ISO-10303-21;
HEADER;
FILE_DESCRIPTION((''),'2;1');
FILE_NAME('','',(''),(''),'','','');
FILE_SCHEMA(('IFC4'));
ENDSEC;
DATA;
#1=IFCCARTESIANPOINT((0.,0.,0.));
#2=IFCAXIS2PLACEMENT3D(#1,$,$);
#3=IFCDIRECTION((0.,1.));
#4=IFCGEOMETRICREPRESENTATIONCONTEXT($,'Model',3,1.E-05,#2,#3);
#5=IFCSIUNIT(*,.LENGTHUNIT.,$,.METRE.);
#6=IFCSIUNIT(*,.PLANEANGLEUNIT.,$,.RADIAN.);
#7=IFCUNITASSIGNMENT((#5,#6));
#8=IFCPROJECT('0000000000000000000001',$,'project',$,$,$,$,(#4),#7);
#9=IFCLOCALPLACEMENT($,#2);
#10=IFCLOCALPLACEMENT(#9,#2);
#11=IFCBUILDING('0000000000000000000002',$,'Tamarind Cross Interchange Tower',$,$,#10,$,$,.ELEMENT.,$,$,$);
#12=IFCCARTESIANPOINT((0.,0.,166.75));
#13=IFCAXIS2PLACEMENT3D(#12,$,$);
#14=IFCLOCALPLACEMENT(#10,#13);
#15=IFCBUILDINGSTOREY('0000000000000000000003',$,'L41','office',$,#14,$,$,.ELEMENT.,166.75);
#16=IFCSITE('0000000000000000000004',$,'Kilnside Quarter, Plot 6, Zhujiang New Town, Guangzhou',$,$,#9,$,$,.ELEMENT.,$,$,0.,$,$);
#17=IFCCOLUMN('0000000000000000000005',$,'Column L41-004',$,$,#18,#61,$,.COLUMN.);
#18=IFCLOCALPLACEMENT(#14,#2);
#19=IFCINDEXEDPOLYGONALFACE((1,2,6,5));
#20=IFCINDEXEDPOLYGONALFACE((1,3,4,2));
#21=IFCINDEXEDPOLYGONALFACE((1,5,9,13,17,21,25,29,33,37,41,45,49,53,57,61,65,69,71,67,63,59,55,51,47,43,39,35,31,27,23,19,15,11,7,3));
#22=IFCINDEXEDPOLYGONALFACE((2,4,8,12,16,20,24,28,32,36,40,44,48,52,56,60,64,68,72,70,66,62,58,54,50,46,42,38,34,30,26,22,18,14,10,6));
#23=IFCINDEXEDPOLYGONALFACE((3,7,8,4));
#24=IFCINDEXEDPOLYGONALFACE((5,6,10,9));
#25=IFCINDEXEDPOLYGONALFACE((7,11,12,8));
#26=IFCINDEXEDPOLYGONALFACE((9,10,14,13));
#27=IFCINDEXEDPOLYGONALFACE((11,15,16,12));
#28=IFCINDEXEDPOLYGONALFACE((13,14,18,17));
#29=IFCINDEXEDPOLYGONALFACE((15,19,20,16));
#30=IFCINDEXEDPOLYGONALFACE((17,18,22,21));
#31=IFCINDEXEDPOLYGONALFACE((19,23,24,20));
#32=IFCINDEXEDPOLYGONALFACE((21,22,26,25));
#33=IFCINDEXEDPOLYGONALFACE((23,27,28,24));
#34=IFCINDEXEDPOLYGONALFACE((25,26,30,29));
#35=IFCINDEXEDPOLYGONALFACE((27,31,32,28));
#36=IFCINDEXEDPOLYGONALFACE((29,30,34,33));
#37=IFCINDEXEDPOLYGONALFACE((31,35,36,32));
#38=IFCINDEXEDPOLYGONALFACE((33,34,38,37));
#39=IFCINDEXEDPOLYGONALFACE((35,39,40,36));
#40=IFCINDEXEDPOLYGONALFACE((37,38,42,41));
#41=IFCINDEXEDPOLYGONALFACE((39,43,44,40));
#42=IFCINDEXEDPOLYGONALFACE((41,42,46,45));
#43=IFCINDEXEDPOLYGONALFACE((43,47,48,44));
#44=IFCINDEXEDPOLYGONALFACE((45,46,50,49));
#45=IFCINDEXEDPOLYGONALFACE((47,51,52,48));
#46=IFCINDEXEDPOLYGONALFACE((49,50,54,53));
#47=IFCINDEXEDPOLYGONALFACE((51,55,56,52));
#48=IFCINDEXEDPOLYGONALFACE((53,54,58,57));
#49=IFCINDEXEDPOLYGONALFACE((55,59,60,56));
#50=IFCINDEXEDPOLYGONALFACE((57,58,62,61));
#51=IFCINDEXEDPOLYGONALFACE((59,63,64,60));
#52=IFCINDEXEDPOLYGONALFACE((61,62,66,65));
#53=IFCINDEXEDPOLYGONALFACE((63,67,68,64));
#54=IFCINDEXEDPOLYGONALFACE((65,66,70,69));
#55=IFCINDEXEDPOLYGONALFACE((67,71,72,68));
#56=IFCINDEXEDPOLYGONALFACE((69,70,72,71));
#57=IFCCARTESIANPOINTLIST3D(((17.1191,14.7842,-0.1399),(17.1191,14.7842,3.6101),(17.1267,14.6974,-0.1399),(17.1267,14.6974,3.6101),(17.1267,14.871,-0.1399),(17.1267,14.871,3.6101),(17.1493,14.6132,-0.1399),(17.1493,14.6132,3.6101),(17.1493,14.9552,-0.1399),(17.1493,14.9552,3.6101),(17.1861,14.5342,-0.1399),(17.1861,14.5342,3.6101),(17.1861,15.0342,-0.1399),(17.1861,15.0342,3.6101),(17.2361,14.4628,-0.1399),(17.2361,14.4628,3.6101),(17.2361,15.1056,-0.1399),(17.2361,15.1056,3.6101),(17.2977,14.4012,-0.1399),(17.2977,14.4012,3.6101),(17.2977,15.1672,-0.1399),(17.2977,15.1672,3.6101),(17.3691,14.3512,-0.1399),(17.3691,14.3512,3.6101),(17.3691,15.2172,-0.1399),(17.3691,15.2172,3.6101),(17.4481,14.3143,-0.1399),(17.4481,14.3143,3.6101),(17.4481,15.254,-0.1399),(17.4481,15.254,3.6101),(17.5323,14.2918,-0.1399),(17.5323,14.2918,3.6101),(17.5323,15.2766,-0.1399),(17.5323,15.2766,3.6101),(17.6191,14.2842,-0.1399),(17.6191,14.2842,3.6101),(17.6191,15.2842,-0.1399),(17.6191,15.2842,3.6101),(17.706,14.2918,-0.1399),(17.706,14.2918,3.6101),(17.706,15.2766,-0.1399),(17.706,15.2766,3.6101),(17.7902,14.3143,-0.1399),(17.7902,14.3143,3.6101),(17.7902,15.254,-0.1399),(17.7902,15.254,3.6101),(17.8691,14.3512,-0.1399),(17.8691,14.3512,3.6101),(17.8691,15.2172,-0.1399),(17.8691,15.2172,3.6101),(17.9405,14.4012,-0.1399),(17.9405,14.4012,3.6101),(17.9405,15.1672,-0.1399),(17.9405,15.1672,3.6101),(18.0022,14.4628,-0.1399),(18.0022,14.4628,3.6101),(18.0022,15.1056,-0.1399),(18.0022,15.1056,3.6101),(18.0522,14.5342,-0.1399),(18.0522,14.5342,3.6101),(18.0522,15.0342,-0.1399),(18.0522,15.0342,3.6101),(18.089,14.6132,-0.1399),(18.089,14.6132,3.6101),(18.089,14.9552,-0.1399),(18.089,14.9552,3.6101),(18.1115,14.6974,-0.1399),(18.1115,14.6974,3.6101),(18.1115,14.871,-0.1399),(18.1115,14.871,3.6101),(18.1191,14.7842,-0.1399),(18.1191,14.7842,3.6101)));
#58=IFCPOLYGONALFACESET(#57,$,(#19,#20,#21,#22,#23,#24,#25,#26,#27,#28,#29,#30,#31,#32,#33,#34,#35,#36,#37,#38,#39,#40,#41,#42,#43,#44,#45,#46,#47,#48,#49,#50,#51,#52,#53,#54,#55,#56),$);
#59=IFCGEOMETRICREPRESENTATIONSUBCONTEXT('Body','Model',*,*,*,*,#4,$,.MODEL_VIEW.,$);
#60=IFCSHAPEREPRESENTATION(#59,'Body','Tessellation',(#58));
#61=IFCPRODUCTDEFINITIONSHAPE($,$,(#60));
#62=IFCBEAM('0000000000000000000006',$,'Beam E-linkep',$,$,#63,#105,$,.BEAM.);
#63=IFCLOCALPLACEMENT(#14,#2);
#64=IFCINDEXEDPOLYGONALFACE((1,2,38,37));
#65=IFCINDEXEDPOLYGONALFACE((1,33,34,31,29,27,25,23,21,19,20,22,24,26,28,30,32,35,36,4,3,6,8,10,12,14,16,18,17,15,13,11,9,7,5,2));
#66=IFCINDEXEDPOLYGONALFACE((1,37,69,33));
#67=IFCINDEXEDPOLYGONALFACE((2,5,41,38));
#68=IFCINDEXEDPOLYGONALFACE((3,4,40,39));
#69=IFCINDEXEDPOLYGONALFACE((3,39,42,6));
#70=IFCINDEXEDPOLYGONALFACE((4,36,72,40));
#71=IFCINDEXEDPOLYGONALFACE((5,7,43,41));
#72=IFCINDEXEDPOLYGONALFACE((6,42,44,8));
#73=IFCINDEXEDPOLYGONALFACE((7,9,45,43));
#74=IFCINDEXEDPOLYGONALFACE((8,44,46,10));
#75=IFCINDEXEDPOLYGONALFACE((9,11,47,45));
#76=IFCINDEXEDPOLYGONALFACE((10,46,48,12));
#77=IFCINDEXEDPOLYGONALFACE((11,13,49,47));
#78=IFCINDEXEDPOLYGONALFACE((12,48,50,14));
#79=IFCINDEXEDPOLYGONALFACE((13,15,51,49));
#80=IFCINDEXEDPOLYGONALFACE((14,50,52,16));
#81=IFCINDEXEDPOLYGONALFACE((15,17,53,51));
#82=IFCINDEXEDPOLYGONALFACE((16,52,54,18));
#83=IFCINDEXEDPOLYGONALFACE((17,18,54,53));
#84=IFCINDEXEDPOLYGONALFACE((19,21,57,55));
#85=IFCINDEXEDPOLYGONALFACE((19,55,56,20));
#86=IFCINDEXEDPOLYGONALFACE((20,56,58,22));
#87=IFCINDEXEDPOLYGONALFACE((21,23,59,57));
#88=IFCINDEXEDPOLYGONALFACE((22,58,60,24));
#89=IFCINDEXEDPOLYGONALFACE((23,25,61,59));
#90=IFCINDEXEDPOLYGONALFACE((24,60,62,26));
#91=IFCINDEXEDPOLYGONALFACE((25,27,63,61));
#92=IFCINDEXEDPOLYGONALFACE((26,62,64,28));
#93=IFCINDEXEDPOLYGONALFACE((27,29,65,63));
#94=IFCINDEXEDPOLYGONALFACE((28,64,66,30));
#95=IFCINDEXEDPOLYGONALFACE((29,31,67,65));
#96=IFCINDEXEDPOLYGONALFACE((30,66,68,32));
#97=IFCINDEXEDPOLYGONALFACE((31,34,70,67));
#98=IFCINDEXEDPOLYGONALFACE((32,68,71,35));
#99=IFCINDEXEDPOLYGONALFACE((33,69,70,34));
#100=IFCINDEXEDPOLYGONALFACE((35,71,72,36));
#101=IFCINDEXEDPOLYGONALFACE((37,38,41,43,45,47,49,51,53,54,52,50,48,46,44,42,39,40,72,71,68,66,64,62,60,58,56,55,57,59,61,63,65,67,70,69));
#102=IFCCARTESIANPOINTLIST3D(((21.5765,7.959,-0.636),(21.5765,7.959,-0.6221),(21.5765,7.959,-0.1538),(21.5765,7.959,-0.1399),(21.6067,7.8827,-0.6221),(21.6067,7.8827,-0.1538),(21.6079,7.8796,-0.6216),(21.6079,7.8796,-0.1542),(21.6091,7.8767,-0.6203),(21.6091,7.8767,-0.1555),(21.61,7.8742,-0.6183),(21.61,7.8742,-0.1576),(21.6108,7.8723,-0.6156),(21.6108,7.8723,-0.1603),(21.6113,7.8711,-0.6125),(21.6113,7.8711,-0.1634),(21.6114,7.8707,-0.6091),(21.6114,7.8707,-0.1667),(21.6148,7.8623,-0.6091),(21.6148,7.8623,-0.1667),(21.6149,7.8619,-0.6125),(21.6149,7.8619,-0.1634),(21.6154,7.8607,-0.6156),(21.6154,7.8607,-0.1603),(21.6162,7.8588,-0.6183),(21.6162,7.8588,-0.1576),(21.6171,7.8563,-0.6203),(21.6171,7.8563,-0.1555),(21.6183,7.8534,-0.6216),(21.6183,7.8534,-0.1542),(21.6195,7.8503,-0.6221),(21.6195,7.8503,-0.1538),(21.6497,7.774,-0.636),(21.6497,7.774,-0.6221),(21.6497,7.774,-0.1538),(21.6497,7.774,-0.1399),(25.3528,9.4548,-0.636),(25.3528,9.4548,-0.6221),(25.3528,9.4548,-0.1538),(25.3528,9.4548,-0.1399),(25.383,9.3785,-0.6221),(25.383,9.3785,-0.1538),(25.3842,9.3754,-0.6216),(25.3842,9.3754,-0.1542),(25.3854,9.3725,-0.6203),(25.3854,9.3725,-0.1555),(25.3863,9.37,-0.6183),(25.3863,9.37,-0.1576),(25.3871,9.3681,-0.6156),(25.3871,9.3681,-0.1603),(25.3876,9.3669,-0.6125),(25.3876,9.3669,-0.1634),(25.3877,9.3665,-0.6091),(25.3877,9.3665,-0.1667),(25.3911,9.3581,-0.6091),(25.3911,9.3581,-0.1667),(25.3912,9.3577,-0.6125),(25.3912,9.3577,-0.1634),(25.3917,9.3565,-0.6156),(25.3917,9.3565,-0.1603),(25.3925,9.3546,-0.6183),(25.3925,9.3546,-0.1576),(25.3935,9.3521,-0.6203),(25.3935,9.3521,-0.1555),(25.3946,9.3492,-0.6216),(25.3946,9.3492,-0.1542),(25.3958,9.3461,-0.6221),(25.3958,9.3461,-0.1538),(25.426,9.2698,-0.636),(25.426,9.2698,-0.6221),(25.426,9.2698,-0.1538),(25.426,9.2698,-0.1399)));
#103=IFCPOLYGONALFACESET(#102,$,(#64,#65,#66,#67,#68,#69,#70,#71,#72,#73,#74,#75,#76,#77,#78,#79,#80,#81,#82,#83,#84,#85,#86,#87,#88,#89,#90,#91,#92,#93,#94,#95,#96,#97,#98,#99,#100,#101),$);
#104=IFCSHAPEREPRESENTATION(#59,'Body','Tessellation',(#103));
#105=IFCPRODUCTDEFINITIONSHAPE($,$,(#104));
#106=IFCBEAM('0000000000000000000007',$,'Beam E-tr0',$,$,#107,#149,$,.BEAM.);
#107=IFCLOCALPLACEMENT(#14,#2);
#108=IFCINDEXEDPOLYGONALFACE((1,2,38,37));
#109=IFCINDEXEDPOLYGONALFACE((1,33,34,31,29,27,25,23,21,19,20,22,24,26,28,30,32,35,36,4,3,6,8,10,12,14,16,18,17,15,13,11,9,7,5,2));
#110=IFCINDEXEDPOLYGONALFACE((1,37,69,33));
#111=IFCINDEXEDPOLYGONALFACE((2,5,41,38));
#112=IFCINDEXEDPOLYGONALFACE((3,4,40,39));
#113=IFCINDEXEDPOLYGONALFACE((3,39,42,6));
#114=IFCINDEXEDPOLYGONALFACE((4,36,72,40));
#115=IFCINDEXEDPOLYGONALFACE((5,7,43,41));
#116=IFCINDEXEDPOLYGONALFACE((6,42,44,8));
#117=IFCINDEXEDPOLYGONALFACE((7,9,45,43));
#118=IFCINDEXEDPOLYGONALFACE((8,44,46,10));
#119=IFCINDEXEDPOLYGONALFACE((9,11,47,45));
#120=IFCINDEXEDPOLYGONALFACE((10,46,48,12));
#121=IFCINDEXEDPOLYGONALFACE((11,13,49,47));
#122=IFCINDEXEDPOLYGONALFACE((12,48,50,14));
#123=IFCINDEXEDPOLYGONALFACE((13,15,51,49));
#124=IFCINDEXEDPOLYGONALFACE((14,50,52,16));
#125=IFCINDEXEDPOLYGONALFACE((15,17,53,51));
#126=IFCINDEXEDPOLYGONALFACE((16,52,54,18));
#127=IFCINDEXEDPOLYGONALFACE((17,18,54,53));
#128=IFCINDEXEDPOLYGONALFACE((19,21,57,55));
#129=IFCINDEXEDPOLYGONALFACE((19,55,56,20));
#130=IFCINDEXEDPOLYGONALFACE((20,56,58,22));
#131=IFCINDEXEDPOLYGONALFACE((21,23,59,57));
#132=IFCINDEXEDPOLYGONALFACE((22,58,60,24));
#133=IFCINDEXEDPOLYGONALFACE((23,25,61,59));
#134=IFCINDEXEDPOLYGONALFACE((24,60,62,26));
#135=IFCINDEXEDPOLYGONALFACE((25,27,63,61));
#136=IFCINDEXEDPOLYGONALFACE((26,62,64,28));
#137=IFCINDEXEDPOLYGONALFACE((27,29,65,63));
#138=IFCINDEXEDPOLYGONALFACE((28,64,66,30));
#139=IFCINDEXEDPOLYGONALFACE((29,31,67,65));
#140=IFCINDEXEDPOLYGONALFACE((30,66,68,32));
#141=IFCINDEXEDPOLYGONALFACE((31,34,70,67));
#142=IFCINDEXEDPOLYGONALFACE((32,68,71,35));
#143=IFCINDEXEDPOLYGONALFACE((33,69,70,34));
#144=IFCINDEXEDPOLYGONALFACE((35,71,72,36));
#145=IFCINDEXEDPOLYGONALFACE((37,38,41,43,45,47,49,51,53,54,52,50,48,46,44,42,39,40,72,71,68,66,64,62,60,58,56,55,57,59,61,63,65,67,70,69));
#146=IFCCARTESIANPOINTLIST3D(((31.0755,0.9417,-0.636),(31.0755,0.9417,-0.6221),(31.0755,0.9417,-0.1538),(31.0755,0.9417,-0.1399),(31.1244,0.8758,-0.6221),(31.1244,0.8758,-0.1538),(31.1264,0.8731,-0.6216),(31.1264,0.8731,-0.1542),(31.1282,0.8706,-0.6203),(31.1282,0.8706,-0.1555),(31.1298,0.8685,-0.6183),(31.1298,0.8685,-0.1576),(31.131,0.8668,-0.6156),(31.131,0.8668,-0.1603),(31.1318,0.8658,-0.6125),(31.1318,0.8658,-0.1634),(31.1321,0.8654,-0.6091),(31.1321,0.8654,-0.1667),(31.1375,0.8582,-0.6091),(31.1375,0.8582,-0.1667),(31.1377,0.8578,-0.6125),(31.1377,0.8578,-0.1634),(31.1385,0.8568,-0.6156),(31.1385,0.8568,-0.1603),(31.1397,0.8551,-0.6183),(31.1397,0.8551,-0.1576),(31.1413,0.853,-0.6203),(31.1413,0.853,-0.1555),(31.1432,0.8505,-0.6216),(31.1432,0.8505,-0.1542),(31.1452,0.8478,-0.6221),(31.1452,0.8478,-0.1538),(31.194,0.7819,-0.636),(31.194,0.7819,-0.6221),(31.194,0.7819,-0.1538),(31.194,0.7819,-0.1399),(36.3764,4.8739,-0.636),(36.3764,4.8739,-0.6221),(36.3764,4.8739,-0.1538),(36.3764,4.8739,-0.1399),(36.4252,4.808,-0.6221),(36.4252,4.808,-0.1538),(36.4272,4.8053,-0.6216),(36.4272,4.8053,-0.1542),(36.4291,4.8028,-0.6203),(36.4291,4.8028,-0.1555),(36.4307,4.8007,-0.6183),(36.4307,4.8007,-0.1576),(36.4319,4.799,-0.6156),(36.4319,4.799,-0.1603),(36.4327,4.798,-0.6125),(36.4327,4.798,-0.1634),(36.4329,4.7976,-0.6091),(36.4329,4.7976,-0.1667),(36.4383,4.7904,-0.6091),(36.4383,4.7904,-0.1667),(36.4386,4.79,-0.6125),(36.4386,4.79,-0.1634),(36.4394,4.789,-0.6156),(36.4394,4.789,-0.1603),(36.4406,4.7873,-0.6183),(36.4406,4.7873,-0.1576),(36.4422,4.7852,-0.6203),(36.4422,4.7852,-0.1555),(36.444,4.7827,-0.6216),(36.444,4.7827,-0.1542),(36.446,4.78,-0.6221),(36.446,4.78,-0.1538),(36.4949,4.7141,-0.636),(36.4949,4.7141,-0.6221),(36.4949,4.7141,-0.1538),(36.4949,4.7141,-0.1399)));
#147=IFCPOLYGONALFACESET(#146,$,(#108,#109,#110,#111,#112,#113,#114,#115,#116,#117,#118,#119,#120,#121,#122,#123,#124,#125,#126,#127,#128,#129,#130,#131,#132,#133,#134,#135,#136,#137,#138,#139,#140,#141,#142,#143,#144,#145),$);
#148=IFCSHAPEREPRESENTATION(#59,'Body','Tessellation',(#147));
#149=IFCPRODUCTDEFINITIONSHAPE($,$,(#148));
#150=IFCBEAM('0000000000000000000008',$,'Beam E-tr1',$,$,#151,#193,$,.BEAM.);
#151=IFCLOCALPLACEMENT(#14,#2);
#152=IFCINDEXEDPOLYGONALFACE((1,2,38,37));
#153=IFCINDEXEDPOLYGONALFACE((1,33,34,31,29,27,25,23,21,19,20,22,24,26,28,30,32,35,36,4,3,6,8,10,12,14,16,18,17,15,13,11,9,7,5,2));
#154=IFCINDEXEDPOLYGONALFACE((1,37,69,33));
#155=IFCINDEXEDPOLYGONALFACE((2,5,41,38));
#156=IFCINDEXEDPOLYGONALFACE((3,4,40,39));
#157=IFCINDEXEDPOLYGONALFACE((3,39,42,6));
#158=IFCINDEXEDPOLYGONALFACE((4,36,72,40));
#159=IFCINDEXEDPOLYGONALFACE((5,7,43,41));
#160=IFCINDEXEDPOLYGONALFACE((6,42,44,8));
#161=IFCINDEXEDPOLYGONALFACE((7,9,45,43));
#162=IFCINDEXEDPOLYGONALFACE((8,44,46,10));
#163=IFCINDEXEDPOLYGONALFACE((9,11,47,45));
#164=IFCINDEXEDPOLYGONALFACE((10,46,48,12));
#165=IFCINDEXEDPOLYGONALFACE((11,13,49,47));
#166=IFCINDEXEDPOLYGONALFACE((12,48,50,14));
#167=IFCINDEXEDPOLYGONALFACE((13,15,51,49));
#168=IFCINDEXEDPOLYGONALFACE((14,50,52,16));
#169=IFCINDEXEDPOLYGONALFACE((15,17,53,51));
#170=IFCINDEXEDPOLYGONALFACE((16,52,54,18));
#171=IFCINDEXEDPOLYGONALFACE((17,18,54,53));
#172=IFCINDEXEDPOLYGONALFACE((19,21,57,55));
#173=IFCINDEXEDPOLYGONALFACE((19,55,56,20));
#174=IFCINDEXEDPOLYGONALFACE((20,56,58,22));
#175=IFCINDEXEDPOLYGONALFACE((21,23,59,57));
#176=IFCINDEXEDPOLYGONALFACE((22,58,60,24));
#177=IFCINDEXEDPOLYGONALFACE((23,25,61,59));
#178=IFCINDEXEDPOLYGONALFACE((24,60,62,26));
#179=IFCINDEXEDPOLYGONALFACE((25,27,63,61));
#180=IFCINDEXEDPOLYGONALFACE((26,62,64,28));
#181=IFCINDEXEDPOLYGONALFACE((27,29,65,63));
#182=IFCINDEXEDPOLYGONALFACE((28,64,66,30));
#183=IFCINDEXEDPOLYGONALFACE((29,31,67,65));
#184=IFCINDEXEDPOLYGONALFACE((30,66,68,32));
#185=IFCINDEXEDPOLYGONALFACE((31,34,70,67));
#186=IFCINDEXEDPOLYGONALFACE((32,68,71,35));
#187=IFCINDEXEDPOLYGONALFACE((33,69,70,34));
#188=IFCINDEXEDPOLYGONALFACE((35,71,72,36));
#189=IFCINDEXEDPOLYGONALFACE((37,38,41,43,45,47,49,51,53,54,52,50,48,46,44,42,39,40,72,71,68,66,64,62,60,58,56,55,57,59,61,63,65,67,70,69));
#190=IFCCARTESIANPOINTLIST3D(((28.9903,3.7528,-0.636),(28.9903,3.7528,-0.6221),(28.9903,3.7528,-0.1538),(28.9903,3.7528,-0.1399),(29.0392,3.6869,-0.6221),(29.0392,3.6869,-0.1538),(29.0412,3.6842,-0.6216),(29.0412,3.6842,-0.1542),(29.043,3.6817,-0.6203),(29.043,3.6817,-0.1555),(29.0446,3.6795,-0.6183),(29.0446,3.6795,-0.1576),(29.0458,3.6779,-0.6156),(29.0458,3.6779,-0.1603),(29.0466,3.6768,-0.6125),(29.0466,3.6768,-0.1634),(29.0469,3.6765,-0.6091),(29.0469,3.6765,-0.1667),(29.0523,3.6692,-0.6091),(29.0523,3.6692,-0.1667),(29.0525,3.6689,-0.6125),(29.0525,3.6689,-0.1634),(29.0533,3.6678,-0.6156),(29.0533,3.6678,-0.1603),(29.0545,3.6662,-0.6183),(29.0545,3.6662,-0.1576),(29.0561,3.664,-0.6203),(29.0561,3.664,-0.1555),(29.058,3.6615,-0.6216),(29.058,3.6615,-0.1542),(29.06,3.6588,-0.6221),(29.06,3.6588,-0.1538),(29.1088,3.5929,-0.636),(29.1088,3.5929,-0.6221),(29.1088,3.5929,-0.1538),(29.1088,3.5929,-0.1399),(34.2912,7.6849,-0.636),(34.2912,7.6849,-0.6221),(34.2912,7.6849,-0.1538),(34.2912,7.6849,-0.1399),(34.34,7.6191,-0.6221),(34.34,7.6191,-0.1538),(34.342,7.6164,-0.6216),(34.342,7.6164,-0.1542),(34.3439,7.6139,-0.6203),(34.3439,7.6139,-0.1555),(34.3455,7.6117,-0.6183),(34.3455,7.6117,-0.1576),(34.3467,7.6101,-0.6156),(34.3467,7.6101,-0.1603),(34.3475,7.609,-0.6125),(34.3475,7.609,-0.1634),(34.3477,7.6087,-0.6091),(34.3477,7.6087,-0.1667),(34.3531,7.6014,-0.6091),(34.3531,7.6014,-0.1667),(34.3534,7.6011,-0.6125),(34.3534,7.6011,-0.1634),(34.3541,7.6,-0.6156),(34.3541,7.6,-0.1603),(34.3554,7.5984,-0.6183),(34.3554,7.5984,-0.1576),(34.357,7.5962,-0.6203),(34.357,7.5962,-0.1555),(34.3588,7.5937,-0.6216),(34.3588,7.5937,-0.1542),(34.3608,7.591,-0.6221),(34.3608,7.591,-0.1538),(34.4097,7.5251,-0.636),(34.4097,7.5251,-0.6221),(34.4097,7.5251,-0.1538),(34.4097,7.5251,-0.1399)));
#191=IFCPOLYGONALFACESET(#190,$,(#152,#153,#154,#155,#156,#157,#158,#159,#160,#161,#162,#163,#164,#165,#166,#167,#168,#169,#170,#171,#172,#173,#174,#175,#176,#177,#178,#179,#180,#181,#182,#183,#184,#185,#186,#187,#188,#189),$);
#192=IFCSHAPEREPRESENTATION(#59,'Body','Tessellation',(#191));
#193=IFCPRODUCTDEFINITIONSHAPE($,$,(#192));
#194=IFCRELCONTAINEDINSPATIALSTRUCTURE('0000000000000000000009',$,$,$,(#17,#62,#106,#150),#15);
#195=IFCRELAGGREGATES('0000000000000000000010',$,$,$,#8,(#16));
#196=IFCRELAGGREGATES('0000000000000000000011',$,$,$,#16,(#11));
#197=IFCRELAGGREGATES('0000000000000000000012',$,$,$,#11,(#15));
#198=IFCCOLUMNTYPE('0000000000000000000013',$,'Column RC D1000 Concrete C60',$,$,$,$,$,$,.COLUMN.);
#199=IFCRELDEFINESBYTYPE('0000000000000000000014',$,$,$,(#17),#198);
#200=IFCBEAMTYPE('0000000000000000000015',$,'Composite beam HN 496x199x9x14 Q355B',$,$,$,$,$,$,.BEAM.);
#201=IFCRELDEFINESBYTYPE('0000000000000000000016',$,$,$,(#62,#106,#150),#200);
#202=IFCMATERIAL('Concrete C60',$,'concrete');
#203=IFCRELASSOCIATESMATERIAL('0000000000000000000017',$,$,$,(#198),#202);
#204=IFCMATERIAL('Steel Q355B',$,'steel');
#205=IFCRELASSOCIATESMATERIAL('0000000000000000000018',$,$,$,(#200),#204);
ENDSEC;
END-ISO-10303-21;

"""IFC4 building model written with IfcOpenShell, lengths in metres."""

from ifc_helpers import new_model, si_unit, direction, frame, origin, origin_2d, place, context, subcontext, project, spatial, circle, i_section, extrude, material, material_profile, profile_set, type_object, element, save


model = new_model("IFC4")

# Units and contexts
model_context = context("Model", 3, precision=1e-05, world=origin(), true_north=direction((0.0, 1.0)))
body_context = subcontext(model_context, "Body", "Model", "MODEL_VIEW")
ifc_project = project(units=[si_unit("LENGTHUNIT", "METRE"), si_unit("PLANEANGLEUNIT", "RADIAN")], contexts=[model_context])

# Site, building, storey
site_placement = place(None, origin())
site = spatial("IfcSite", under=ifc_project, at=site_placement, Name="Kilnside Quarter, Plot 6, Zhujiang New Town, Guangzhou", CompositionType="ELEMENT", RefElevation=0.0)
building_placement = place(site_placement, origin())
building = spatial("IfcBuilding", under=site, at=building_placement, Name="Tamarind Cross Interchange Tower", CompositionType="ELEMENT")
storey_placement = place(building_placement, frame((0.0, 0.0, 166.75)))
storey = spatial("IfcBuildingStorey", under=building, at=storey_placement, Name="L41", Description="office", CompositionType="ELEMENT", Elevation=166.75)

# Column
ifc_material_1 = material(Name="Concrete C60", Category="concrete")
ifc_material_profile_1 = material_profile(ifc_material_1, circle(Radius=0.5, at=origin_2d()), Name="RC D1000")
ifc_profile_set_1 = profile_set([ifc_material_profile_1], Name="Concrete C60")
column_type_1 = type_object("IfcColumnType", Name="Column RC D1000 Concrete C60", PredefinedType="COLUMN", material=ifc_profile_set_1)
for number, where, z_axis, x_axis, name in (
    (1, (17.6191, 14.7842, -0.1399), (0.0, 0.0, 1.0), (1.0, 0.0, 0.0), "Column L41-004"),
):
    element("IfcColumn", number, at=place(storey_placement, frame(where, z_axis=z_axis, x_axis=x_axis)), inside=storey, type_object=column_type_1, Name=name, PredefinedType="COLUMN", context=body_context, shape_type="SweptSolid", body=[
        extrude(circle(Radius=0.5, at=origin_2d()), origin(), (0.0, 0.0, 1.0), 3.75),
    ])

# Beams
ifc_material_2 = material(Name="Steel Q355B", Category="steel")
ifc_material_profile_2 = material_profile(ifc_material_2, i_section(OverallWidth=0.199, OverallDepth=0.4961, WebThickness=0.009, FlangeThickness=0.0139, FilletRadius=0.0129, at=origin_2d()), Name="HN 496x199x9x14")
ifc_profile_set_2 = profile_set([ifc_material_profile_2], Name="Steel Q355B")
beam_type_1 = type_object("IfcBeamType", Name="Composite beam HN 496x199x9x14 Q355B", PredefinedType="BEAM", material=ifc_profile_set_2)
beam_1_placement = place(storey_placement, frame((25.3894, 9.3623, -0.3879), z_axis=(-0.929719, -0.368269, 0.0), x_axis=(0.368269, -0.929719, 0.0)))
element("IfcBeam", 2, at=beam_1_placement, inside=storey, type_object=beam_type_1, Name="Beam E-linkep", PredefinedType="BEAM", context=body_context, shape_type="SweptSolid", body=[
    extrude(i_section(OverallWidth=0.199, OverallDepth=0.4961, WebThickness=0.009, FlangeThickness=0.0139, FilletRadius=0.0129, at=origin_2d()), origin(), (0.0, 0.0, 1.0), 4.0618),
])
for number, where, z_axis, x_axis, name in (
    (3, (31.1348, 0.8618, -0.3879), (0.803149, 0.595778, 0.0), (-0.595778, 0.803149, 0.0), "Beam E-tr0"),
    (4, (29.0496, 3.6729, -0.3879), (0.803149, 0.595778, 0.0), (-0.595778, 0.803149, 0.0), "Beam E-tr1"),
):
    element("IfcBeam", number, at=place(storey_placement, frame(where, z_axis=z_axis, x_axis=x_axis)), inside=storey, type_object=beam_type_1, Name=name, PredefinedType="BEAM", context=body_context, shape_type="SweptSolid", body=[
        extrude(i_section(OverallWidth=0.199, OverallDepth=0.4961, WebThickness=0.009, FlangeThickness=0.0139, FilletRadius=0.0129, at=origin_2d()), origin(), (0.0, 0.0, 1.0), 6.6001),
    ])

save(model, "model.ifc")
